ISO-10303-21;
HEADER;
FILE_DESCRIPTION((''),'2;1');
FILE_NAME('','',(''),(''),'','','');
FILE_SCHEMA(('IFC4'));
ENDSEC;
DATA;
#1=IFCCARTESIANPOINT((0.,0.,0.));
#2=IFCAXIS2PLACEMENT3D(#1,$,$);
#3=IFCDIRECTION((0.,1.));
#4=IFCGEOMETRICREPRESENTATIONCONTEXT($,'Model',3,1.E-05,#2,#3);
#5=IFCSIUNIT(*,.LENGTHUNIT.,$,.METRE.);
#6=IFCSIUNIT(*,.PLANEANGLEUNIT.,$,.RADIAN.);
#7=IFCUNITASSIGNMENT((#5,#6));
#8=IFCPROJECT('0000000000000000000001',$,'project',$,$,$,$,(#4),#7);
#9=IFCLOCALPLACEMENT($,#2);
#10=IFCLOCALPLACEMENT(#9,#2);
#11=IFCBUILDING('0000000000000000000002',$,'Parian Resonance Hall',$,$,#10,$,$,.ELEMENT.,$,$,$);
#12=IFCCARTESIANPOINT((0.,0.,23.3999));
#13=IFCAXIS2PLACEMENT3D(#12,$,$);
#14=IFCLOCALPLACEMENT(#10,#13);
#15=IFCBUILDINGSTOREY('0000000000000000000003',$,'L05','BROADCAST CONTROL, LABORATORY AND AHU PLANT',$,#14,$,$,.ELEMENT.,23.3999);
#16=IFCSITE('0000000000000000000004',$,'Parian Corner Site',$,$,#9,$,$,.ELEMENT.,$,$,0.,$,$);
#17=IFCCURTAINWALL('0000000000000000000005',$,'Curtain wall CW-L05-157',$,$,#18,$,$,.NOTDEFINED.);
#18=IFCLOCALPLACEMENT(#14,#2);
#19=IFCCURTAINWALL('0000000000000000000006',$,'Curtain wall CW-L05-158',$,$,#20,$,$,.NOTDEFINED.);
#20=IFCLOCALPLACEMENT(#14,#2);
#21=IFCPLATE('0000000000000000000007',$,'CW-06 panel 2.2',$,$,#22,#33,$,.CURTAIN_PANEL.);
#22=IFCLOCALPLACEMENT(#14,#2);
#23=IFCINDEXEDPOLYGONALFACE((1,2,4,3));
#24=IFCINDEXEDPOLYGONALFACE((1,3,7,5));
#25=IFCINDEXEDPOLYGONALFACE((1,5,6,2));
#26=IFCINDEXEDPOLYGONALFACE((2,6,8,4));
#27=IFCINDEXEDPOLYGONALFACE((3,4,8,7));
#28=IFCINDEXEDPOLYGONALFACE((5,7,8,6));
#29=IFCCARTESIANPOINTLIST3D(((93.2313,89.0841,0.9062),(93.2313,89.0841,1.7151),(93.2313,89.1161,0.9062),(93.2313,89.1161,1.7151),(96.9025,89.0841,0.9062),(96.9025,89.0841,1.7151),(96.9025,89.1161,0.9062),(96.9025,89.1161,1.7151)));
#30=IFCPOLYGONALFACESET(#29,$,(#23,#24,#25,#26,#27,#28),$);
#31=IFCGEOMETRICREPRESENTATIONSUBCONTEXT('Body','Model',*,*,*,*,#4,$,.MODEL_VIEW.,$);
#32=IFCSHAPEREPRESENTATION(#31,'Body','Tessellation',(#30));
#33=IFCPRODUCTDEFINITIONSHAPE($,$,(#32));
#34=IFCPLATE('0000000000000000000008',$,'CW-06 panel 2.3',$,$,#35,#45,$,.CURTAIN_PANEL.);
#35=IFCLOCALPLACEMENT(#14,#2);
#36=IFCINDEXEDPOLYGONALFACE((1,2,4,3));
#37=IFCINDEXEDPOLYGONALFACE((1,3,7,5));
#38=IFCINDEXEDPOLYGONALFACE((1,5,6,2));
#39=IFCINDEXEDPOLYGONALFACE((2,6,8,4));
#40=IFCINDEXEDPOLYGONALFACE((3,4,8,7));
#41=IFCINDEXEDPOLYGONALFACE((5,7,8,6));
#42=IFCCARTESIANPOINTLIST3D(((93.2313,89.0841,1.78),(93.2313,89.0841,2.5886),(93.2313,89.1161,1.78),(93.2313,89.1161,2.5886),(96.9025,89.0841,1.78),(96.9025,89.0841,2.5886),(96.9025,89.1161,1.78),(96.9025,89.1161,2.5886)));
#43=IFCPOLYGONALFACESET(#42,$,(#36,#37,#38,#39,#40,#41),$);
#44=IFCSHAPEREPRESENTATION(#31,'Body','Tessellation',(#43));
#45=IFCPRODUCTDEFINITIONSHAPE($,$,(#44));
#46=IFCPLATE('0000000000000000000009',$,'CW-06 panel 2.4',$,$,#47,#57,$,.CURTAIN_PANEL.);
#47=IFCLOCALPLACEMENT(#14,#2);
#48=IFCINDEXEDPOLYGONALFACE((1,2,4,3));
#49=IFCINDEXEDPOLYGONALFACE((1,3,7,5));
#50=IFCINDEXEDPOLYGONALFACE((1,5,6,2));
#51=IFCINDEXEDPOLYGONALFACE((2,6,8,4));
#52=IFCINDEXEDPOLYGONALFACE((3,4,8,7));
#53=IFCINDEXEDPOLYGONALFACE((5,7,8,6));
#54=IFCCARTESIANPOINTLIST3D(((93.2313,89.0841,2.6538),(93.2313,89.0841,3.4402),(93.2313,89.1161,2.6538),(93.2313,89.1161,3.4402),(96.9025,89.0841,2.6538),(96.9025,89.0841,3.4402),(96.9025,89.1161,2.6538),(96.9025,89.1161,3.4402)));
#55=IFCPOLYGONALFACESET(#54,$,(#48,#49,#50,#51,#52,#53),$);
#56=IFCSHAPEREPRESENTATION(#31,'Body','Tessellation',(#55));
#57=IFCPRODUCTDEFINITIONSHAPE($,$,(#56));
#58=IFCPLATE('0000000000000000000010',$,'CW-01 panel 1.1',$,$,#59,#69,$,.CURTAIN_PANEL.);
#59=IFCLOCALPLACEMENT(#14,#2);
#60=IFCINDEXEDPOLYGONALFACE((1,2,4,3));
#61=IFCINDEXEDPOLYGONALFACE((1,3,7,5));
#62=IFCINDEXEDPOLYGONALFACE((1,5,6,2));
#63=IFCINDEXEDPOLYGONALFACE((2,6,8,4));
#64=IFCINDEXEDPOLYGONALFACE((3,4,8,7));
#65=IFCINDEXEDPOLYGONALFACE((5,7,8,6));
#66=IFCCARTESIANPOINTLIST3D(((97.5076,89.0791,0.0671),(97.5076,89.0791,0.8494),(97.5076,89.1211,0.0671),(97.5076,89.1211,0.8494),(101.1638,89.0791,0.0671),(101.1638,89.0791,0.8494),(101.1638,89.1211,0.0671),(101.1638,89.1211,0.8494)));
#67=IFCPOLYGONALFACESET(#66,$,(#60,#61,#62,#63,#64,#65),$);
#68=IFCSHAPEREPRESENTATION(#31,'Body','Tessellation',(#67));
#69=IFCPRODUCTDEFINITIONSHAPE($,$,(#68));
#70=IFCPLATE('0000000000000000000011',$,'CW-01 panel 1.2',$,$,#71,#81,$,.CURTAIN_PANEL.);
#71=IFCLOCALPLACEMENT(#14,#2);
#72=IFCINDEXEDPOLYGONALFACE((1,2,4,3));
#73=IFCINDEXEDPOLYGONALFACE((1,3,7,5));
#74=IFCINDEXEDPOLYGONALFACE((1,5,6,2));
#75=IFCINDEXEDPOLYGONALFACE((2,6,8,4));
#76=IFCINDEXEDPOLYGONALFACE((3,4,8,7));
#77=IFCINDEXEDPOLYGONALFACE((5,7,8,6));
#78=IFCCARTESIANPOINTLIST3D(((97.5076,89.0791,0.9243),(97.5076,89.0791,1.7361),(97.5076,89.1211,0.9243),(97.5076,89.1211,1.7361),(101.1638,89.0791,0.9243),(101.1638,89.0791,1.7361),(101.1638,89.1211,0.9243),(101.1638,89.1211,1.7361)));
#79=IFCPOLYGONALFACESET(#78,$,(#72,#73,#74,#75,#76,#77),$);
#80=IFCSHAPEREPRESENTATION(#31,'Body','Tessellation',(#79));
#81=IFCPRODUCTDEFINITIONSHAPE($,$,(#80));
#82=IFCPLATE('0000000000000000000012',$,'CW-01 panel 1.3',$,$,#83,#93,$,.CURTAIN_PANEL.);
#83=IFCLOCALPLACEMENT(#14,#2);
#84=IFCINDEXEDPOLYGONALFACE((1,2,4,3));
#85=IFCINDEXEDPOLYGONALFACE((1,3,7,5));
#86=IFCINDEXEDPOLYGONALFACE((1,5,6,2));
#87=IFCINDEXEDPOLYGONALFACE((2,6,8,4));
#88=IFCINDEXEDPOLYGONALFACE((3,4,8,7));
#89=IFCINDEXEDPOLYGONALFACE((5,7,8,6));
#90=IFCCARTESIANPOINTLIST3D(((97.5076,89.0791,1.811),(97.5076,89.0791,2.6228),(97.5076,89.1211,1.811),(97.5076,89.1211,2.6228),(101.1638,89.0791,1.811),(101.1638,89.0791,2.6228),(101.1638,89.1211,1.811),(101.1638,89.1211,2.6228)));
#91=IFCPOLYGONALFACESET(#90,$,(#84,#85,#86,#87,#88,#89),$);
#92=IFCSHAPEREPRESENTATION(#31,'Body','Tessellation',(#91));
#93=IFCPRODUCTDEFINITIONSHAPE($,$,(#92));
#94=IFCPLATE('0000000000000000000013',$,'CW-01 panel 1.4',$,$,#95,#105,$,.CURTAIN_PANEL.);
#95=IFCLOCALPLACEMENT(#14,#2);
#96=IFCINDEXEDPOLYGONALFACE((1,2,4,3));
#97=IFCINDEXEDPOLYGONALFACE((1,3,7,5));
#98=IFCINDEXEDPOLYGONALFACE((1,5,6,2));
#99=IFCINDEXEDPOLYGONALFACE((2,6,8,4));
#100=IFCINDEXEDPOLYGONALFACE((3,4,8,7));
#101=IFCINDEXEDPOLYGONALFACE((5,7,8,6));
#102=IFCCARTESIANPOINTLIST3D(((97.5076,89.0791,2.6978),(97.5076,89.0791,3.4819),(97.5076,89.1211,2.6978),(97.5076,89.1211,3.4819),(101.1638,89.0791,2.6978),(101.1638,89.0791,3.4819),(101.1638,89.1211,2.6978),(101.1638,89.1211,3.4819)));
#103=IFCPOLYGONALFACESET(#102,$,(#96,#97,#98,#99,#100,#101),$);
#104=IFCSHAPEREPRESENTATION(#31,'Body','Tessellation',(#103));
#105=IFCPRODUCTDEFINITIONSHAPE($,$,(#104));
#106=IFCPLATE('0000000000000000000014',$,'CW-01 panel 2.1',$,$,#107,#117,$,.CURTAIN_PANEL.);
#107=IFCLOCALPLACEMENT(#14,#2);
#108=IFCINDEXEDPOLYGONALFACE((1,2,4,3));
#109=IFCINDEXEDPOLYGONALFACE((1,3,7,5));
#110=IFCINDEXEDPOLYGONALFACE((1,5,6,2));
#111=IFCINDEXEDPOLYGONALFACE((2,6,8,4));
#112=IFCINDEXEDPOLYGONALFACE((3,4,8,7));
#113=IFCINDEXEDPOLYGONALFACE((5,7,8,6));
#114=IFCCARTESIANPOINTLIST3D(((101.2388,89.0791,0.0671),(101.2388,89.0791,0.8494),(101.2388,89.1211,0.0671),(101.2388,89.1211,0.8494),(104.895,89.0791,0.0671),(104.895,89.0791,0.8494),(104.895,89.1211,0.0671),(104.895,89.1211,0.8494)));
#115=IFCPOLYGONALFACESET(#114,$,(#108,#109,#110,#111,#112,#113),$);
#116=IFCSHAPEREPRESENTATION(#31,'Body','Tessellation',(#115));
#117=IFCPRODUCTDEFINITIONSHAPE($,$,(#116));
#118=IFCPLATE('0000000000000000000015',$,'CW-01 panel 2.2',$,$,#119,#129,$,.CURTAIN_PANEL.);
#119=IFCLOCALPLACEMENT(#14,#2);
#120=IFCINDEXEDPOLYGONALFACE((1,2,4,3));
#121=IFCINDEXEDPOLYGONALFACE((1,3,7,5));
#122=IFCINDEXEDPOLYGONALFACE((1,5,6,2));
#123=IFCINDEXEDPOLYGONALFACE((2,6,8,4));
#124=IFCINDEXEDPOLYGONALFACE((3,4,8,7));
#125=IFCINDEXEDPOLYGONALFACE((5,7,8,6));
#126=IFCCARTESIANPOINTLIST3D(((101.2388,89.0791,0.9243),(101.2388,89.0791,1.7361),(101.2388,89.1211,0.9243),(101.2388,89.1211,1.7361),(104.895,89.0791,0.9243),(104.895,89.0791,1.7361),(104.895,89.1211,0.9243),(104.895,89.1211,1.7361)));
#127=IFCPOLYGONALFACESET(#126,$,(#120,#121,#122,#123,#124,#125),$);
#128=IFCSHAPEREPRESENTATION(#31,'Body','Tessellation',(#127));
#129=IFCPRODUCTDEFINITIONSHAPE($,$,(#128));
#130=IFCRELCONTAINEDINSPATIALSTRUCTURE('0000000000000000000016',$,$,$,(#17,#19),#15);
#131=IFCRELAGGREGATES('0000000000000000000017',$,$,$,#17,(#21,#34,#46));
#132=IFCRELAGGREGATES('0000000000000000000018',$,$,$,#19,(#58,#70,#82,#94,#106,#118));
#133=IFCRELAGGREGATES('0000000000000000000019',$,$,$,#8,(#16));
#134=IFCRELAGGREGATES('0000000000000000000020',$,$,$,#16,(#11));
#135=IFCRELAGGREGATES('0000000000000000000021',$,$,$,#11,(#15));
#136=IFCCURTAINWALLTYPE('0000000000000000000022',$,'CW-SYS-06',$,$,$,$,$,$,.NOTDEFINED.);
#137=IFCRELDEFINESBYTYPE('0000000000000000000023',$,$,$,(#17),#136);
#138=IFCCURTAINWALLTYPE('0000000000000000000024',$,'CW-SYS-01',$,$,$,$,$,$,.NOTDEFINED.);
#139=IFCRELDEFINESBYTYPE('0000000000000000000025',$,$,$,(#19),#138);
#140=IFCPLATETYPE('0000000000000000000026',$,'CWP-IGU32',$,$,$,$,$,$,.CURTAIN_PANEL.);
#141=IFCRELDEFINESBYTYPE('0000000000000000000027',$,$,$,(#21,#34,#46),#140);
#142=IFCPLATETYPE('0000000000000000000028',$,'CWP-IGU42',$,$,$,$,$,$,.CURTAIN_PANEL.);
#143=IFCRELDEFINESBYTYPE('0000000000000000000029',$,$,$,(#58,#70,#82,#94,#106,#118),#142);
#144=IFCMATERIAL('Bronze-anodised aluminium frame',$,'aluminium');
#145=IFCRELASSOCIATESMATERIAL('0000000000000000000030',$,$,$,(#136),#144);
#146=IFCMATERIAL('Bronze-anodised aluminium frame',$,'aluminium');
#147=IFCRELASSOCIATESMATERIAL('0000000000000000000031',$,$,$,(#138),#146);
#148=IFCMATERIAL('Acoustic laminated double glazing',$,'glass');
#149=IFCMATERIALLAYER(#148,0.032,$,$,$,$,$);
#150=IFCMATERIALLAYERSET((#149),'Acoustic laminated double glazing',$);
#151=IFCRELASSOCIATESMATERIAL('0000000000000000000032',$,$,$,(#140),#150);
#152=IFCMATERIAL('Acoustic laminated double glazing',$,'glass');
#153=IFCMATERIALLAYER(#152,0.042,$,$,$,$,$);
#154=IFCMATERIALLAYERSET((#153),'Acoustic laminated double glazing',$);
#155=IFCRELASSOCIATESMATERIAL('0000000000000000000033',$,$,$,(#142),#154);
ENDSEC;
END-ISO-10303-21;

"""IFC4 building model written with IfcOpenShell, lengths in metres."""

from ifc_helpers import new_model, si_unit, direction, frame, origin, origin_2d, place, context, subcontext, project, spatial, rectangle, extrude, material, layer, layer_set, type_object, element, aggregate, save


model = new_model("IFC4")

# Units and contexts
model_context = context("Model", 3, precision=1e-05, world=origin(), true_north=direction((0.0, 1.0)))
body_context = subcontext(model_context, "Body", "Model", "MODEL_VIEW")
ifc_project = project(units=[si_unit("LENGTHUNIT", "METRE"), si_unit("PLANEANGLEUNIT", "RADIAN")], contexts=[model_context])

# Site, building, storey
site_placement = place(None, origin())
site = spatial("IfcSite", under=ifc_project, at=site_placement, Name="Parian Corner Site", CompositionType="ELEMENT", RefElevation=0.0)
building_placement = place(site_placement, origin())
building = spatial("IfcBuilding", under=site, at=building_placement, Name="Parian Resonance Hall", CompositionType="ELEMENT")
storey_placement = place(building_placement, frame((0.0, 0.0, 23.3999)))
storey = spatial("IfcBuildingStorey", under=building, at=storey_placement, Name="L05", Description="BROADCAST CONTROL, LABORATORY AND AHU PLANT", CompositionType="ELEMENT", Elevation=23.3999)

# Curtain walls
ifc_material_1 = material(Name="Bronze-anodised aluminium frame", Category="aluminium")
curtain_wall_type_1 = type_object("IfcCurtainWallType", Name="CW-SYS-06", PredefinedType="NOTDEFINED", material=ifc_material_1)
curtain_wall_1_placement = place(storey_placement, origin())
curtain_wall_1 = element("IfcCurtainWall", 1, at=curtain_wall_1_placement, inside=storey, type_object=curtain_wall_type_1, Name="Curtain wall CW-L05-157", PredefinedType="NOTDEFINED")
ifc_material_2 = material(Name="Bronze-anodised aluminium frame", Category="aluminium")
curtain_wall_type_2 = type_object("IfcCurtainWallType", Name="CW-SYS-01", PredefinedType="NOTDEFINED", material=ifc_material_2)
curtain_wall_2_placement = place(storey_placement, origin())
curtain_wall_2 = element("IfcCurtainWall", 2, at=curtain_wall_2_placement, inside=storey, type_object=curtain_wall_type_2, Name="Curtain wall CW-L05-158", PredefinedType="NOTDEFINED")

# Plates
ifc_material_3 = material(Name="Acoustic laminated double glazing", Category="glass")
ifc_layer_1 = layer(ifc_material_3, 0.032)
ifc_layer_set_1 = layer_set([ifc_layer_1], Name="Acoustic laminated double glazing")
plate_type_1 = type_object("IfcPlateType", Name="CWP-IGU32", PredefinedType="CURTAIN_PANEL", material=ifc_layer_set_1)
plate_1_placement = place(storey_placement, frame((95.0669, 89.1001, 0.9062), z_axis=(0.0, 0.0, 1.0), x_axis=(1.0, 0.0, 0.0)))
plate_1 = element("IfcPlate", 3, at=plate_1_placement, type_object=plate_type_1, Name="CW-06 panel 2.2", PredefinedType="CURTAIN_PANEL", context=body_context, shape_type="SweptSolid", body=[
    extrude(rectangle(XDim=3.6711, YDim=0.032, at=origin_2d()), origin(), (0.0, 0.0, 1.0), 0.8088),
])
plate_2_placement = place(storey_placement, frame((95.0669, 89.1001, 1.78), z_axis=(0.0, 0.0, 1.0), x_axis=(1.0, 0.0, 0.0)))
plate_2 = element("IfcPlate", 4, at=plate_2_placement, type_object=plate_type_1, Name="CW-06 panel 2.3", PredefinedType="CURTAIN_PANEL", context=body_context, shape_type="SweptSolid", body=[
    extrude(rectangle(XDim=3.6711, YDim=0.032, at=origin_2d()), origin(), (0.0, 0.0, 1.0), 0.8086),
])
plate_3_placement = place(storey_placement, frame((95.0669, 89.1001, 2.6538), z_axis=(0.0, 0.0, 1.0), x_axis=(1.0, 0.0, 0.0)))
plate_3 = element("IfcPlate", 5, at=plate_3_placement, type_object=plate_type_1, Name="CW-06 panel 2.4", PredefinedType="CURTAIN_PANEL", context=body_context, shape_type="SweptSolid", body=[
    extrude(rectangle(XDim=3.6711, YDim=0.032, at=origin_2d()), origin(), (0.0, 0.0, 1.0), 0.7864),
])
aggregate(curtain_wall_1, [plate_1, plate_2, plate_3])
ifc_material_4 = material(Name="Acoustic laminated double glazing", Category="glass")
ifc_layer_2 = layer(ifc_material_4, 0.042)
ifc_layer_set_2 = layer_set([ifc_layer_2], Name="Acoustic laminated double glazing")
plate_type_2 = type_object("IfcPlateType", Name="CWP-IGU42", PredefinedType="CURTAIN_PANEL", material=ifc_layer_set_2)
plate_4_placement = place(storey_placement, frame((99.3357, 89.1001, 0.0671), z_axis=(0.0, 0.0, 1.0), x_axis=(1.0, 0.0, 0.0)))
plate_4 = element("IfcPlate", 6, at=plate_4_placement, type_object=plate_type_2, Name="CW-01 panel 1.1", PredefinedType="CURTAIN_PANEL", context=body_context, shape_type="SweptSolid", body=[
    extrude(rectangle(XDim=3.6562, YDim=0.042, at=origin_2d()), origin(), (0.0, 0.0, 1.0), 0.7822),
])
plate_5_placement = place(storey_placement, frame((99.3357, 89.1001, 0.9243), z_axis=(0.0, 0.0, 1.0), x_axis=(1.0, 0.0, 0.0)))
plate_5 = element("IfcPlate", 7, at=plate_5_placement, type_object=plate_type_2, Name="CW-01 panel 1.2", PredefinedType="CURTAIN_PANEL", context=body_context, shape_type="SweptSolid", body=[
    extrude(rectangle(XDim=3.6562, YDim=0.042, at=origin_2d()), origin(), (0.0, 0.0, 1.0), 0.8118),
])
plate_6_placement = place(storey_placement, frame((99.3357, 89.1001, 1.811), z_axis=(0.0, 0.0, 1.0), x_axis=(1.0, 0.0, 0.0)))
plate_6 = element("IfcPlate", 8, at=plate_6_placement, type_object=plate_type_2, Name="CW-01 panel 1.3", PredefinedType="CURTAIN_PANEL", context=body_context, shape_type="SweptSolid", body=[
    extrude(rectangle(XDim=3.6562, YDim=0.042, at=origin_2d()), origin(), (0.0, 0.0, 1.0), 0.8118),
])
plate_7_placement = place(storey_placement, frame((99.3357, 89.1001, 2.6978), z_axis=(0.0, 0.0, 1.0), x_axis=(1.0, 0.0, 0.0)))
plate_7 = element("IfcPlate", 9, at=plate_7_placement, type_object=plate_type_2, Name="CW-01 panel 1.4", PredefinedType="CURTAIN_PANEL", context=body_context, shape_type="SweptSolid", body=[
    extrude(rectangle(XDim=3.6562, YDim=0.042, at=origin_2d()), origin(), (0.0, 0.0, 1.0), 0.7842),
])
plate_8_placement = place(storey_placement, frame((103.0669, 89.1001, 0.0671), z_axis=(0.0, 0.0, 1.0), x_axis=(1.0, 0.0, 0.0)))
plate_8 = element("IfcPlate", 10, at=plate_8_placement, type_object=plate_type_2, Name="CW-01 panel 2.1", PredefinedType="CURTAIN_PANEL", context=body_context, shape_type="SweptSolid", body=[
    extrude(rectangle(XDim=3.6562, YDim=0.042, at=origin_2d()), origin(), (0.0, 0.0, 1.0), 0.7822),
])
plate_9_placement = place(storey_placement, frame((103.0669, 89.1001, 0.9243), z_axis=(0.0, 0.0, 1.0), x_axis=(1.0, 0.0, 0.0)))
plate_9 = element("IfcPlate", 11, at=plate_9_placement, type_object=plate_type_2, Name="CW-01 panel 2.2", PredefinedType="CURTAIN_PANEL", context=body_context, shape_type="SweptSolid", body=[
    extrude(rectangle(XDim=3.6562, YDim=0.042, at=origin_2d()), origin(), (0.0, 0.0, 1.0), 0.8118),
])
aggregate(curtain_wall_2, [plate_4, plate_5, plate_6, plate_7, plate_8, plate_9])

save(model, "model.ifc")
